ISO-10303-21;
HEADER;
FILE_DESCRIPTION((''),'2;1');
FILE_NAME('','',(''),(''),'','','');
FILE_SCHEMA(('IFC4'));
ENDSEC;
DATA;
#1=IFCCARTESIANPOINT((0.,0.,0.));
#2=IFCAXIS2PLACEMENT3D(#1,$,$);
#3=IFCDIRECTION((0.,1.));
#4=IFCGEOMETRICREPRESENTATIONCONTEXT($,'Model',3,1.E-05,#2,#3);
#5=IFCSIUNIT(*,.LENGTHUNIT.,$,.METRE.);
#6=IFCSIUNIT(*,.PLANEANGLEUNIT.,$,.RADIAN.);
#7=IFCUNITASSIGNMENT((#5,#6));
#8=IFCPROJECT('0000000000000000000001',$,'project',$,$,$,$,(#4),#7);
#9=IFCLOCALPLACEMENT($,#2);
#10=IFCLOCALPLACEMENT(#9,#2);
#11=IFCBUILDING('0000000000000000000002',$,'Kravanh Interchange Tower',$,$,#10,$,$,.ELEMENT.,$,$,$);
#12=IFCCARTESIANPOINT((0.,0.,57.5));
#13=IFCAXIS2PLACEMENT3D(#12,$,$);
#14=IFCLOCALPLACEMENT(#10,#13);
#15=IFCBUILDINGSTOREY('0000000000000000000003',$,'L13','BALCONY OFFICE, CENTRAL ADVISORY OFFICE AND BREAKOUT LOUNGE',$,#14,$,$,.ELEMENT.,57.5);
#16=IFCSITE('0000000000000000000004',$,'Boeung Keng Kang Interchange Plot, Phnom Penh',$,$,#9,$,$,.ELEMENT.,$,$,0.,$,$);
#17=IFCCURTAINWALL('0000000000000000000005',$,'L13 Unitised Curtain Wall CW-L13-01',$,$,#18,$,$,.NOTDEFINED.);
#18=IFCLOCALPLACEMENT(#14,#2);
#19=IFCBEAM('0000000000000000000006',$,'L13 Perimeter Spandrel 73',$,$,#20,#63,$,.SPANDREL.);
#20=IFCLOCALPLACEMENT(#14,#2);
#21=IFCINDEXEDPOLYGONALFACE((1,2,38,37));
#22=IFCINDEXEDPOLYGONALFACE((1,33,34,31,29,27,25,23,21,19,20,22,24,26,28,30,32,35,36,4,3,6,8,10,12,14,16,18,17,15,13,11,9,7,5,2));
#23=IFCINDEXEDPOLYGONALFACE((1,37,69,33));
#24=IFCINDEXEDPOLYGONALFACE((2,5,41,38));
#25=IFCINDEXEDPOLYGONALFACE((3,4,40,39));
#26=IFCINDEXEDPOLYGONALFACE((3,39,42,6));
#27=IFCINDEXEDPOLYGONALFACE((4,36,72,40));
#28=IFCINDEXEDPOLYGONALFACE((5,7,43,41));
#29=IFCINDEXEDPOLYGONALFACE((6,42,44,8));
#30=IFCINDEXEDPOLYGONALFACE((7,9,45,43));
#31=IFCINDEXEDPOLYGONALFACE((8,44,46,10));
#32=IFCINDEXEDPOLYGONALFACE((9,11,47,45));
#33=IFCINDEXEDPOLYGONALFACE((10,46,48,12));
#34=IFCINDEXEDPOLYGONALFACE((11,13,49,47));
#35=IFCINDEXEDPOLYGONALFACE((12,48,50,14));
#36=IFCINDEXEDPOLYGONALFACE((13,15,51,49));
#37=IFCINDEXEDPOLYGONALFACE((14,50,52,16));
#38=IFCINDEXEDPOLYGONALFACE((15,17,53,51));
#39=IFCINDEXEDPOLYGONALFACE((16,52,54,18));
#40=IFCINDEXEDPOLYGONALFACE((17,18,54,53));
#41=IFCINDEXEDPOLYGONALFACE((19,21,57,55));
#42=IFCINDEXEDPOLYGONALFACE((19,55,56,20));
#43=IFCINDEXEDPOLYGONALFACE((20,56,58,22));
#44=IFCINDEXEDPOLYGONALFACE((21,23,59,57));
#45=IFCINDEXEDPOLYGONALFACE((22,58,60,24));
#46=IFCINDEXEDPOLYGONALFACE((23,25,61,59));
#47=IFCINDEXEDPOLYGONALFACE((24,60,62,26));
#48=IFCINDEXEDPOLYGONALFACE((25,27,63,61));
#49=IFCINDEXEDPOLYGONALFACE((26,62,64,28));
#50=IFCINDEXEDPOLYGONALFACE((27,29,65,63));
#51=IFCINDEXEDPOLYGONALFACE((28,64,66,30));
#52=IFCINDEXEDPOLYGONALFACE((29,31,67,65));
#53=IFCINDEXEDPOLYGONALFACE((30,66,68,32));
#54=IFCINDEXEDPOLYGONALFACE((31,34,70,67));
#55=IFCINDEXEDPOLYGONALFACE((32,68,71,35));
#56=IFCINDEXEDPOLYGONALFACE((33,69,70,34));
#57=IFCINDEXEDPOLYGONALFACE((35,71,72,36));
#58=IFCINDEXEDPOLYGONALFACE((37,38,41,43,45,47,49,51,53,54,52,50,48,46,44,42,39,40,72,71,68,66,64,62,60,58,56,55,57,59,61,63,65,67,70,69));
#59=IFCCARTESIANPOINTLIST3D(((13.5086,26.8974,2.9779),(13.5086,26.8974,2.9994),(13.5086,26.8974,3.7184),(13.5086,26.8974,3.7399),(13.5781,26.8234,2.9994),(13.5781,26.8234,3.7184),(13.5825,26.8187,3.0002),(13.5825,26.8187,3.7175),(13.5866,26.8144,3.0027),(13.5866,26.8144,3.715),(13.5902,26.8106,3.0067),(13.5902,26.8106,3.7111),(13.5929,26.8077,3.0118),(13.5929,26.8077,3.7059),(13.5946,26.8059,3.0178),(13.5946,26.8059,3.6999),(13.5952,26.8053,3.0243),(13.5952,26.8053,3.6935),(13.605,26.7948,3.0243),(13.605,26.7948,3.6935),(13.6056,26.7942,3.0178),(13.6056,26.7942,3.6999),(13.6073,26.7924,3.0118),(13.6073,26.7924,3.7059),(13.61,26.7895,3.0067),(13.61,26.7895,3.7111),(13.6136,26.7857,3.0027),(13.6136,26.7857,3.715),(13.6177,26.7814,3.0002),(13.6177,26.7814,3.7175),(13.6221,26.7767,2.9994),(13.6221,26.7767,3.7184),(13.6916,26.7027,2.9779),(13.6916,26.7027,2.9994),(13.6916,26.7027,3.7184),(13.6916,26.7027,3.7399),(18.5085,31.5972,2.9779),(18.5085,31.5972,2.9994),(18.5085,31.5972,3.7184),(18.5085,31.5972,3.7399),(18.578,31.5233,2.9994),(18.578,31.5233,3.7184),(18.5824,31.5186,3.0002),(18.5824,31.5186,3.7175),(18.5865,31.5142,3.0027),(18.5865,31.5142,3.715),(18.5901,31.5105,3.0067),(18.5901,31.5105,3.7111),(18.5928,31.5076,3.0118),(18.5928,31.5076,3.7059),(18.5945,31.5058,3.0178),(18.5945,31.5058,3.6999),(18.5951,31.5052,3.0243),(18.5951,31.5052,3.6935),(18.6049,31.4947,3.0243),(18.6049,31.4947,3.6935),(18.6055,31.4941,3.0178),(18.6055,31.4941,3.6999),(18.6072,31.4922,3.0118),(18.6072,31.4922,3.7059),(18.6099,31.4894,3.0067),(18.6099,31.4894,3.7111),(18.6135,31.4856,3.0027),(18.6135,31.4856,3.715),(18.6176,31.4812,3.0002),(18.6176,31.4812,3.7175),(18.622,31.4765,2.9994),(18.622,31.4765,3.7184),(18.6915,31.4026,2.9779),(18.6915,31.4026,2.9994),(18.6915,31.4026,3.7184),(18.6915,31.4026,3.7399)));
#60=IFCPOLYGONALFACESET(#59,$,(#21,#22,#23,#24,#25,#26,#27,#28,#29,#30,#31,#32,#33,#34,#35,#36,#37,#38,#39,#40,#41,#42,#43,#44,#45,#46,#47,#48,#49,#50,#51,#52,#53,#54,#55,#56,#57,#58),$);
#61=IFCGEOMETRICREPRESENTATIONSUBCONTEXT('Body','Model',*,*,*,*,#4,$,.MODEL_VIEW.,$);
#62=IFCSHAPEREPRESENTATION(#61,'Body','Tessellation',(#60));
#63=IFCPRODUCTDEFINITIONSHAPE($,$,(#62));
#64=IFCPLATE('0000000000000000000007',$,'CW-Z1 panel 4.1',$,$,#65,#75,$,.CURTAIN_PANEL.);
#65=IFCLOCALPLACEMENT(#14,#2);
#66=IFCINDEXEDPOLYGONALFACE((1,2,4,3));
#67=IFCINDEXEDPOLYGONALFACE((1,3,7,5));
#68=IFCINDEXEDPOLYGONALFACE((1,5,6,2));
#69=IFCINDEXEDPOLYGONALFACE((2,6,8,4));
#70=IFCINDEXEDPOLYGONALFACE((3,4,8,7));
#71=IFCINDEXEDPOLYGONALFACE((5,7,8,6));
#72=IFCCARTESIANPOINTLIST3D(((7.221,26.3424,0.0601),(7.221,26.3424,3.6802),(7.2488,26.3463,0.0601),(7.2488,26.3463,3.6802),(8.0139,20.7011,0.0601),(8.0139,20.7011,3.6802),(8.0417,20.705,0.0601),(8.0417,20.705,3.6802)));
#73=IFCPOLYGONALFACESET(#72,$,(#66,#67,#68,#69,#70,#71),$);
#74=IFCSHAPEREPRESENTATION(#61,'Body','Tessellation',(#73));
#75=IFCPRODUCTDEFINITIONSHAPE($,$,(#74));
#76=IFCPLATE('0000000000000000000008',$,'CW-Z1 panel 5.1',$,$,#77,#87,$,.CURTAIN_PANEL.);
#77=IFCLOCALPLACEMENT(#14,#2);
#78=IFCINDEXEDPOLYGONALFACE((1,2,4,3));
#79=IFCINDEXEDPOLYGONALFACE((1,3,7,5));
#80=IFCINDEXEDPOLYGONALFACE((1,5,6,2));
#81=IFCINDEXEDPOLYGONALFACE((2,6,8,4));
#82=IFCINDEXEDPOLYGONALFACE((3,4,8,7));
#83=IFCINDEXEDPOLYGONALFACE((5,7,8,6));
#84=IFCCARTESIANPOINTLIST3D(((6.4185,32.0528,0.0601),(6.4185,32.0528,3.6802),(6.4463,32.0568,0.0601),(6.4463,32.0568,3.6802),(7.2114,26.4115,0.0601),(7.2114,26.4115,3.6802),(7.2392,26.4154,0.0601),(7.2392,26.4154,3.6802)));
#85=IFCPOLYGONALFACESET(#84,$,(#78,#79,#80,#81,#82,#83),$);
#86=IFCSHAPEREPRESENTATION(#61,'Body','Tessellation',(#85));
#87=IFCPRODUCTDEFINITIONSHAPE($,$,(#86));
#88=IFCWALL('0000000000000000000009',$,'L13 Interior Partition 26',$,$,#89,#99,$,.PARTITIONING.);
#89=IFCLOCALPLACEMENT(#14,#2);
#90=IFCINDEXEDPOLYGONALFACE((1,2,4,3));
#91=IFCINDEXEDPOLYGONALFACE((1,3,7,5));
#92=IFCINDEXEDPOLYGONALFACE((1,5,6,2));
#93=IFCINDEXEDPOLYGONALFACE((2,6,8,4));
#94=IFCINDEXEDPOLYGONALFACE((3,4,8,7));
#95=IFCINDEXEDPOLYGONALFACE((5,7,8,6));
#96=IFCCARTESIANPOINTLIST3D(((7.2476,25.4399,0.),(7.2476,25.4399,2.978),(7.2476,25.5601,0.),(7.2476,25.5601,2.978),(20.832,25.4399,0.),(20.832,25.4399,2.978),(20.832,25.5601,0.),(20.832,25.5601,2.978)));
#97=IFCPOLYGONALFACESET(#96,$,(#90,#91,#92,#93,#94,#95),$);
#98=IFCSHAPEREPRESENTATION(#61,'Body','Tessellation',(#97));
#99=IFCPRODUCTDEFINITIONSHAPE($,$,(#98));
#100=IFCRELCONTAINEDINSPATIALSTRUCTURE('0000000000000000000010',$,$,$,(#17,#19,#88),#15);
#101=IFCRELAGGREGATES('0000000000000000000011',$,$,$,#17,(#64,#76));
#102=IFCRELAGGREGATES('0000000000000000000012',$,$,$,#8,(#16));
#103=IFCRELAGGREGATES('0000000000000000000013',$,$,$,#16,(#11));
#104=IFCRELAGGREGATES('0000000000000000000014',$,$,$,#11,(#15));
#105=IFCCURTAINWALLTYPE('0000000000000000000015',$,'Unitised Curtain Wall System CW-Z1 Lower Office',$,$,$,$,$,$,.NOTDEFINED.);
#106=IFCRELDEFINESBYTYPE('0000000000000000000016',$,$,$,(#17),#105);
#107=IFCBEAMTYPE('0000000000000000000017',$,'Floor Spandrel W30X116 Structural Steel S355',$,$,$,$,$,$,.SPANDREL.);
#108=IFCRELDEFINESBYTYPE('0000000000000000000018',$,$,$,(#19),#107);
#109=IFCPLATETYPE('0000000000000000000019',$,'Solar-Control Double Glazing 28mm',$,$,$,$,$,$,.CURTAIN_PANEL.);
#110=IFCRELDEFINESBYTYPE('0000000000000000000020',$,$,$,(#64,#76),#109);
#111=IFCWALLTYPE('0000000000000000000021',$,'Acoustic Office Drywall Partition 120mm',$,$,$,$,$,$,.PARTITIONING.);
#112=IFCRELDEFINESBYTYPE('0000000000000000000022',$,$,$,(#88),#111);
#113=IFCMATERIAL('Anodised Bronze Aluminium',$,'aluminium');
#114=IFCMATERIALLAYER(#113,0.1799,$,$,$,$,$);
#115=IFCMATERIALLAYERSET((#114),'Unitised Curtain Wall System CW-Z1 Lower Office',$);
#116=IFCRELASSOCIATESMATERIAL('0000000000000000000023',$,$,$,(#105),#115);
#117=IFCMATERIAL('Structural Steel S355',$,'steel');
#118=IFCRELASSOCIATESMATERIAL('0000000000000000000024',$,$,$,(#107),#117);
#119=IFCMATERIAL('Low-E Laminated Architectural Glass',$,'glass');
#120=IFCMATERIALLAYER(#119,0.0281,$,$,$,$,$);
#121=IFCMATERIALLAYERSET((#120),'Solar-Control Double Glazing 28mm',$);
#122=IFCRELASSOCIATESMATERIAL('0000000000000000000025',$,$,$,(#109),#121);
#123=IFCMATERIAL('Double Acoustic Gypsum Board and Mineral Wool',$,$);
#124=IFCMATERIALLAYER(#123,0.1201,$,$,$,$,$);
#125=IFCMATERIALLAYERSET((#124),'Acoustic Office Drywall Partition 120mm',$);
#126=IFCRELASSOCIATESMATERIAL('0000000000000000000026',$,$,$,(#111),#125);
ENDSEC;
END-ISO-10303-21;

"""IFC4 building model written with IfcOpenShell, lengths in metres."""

from ifc_helpers import new_model, si_unit, direction, frame, frame_2d, origin, origin_2d, place, context, subcontext, project, spatial, rectangle, i_section, extrude, material, layer, layer_set, material_profile, profile_set, type_object, element, aggregate, save


model = new_model("IFC4")

# Units and contexts
model_context = context("Model", 3, precision=1e-05, world=origin(), true_north=direction((0.0, 1.0)))
body_context = subcontext(model_context, "Body", "Model", "MODEL_VIEW")
ifc_project = project(units=[si_unit("LENGTHUNIT", "METRE"), si_unit("PLANEANGLEUNIT", "RADIAN")], contexts=[model_context])

# Site, building, storey
site_placement = place(None, origin())
site = spatial("IfcSite", under=ifc_project, at=site_placement, Name="Boeung Keng Kang Interchange Plot, Phnom Penh", CompositionType="ELEMENT", RefElevation=0.0)
building_placement = place(site_placement, origin())
building = spatial("IfcBuilding", under=site, at=building_placement, Name="Kravanh Interchange Tower", CompositionType="ELEMENT")
storey_placement = place(building_placement, frame((0.0, 0.0, 57.5)))
storey = spatial("IfcBuildingStorey", under=building, at=storey_placement, Name="L13", Description="BALCONY OFFICE, CENTRAL ADVISORY OFFICE AND BREAKOUT LOUNGE", CompositionType="ELEMENT", Elevation=57.5)

# Curtain wall
ifc_material_1 = material(Name="Anodised Bronze Aluminium", Category="aluminium")
ifc_layer_1 = layer(ifc_material_1, 0.1799)
ifc_layer_set_1 = layer_set([ifc_layer_1], Name="Unitised Curtain Wall System CW-Z1 Lower Office")
curtain_wall_type = type_object("IfcCurtainWallType", Name="Unitised Curtain Wall System CW-Z1 Lower Office", PredefinedType="NOTDEFINED", material=ifc_layer_set_1)
curtain_wall_placement = place(storey_placement, origin())
curtain_wall = element("IfcCurtainWall", 1, at=curtain_wall_placement, inside=storey, type_object=curtain_wall_type, Name="L13 Unitised Curtain Wall CW-L13-01", PredefinedType="NOTDEFINED")

# Beam
ifc_material_2 = material(Name="Structural Steel S355", Category="steel")
ifc_material_profile_1 = material_profile(ifc_material_2, i_section(OverallWidth=0.2671, OverallDepth=0.762, WebThickness=0.0144, FlangeThickness=0.0215, FilletRadius=0.0249, at=origin_2d()), Name="W30X116")
ifc_profile_set_1 = profile_set([ifc_material_profile_1], Name="Structural Steel S355")
beam_type_1 = type_object("IfcBeamType", Name="Floor Spandrel W30X116 Structural Steel S355", PredefinedType="SPANDREL", material=ifc_profile_set_1)
for number, where, z_axis, x_axis, name in (
    (2, (13.6001, 26.8, 3.3589), (0.728631, 0.684906, 0.0), (-0.684906, 0.728631, 0.0), "L13 Perimeter Spandrel 73"),
):
    element("IfcBeam", number, at=place(storey_placement, frame(where, z_axis=z_axis, x_axis=x_axis)), inside=storey, type_object=beam_type_1, Name=name, PredefinedType="SPANDREL", context=body_context, shape_type="SweptSolid", body=[
        extrude(i_section(OverallWidth=0.2671, OverallDepth=0.762, WebThickness=0.0144, FlangeThickness=0.0215, FilletRadius=0.0249, at=origin_2d()), origin(), (0.0, 0.0, 1.0), 6.8621),
    ])

# Plates
ifc_material_3 = material(Name="Low-E Laminated Architectural Glass", Category="glass")
ifc_layer_2 = layer(ifc_material_3, 0.0281)
ifc_layer_set_2 = layer_set([ifc_layer_2], Name="Solar-Control Double Glazing 28mm")
plate_type = type_object("IfcPlateType", Name="Solar-Control Double Glazing 28mm", PredefinedType="CURTAIN_PANEL", material=ifc_layer_set_2)
plate_1_placement = place(storey_placement, frame((7.6313, 23.5237, 0.0601), z_axis=(0.0, 0.0, 1.0), x_axis=(-0.139177, 0.990268, 0.0)))
plate_1 = element("IfcPlate", 3, at=plate_1_placement, type_object=plate_type, Name="CW-Z1 panel 4.1", PredefinedType="CURTAIN_PANEL", context=body_context, shape_type="SweptSolid", body=[
    extrude(rectangle(XDim=5.6968, YDim=0.0281, at=origin_2d()), origin(), (0.0, 0.0, 1.0), 3.6201),
])
plate_2_placement = place(storey_placement, frame((6.8289, 29.2341, 0.0601), z_axis=(0.0, 0.0, 1.0), x_axis=(-0.139177, 0.990268, 0.0)))
plate_2 = element("IfcPlate", 4, at=plate_2_placement, type_object=plate_type, Name="CW-Z1 panel 5.1", PredefinedType="CURTAIN_PANEL", context=body_context, shape_type="SweptSolid", body=[
    extrude(rectangle(XDim=5.6968, YDim=0.0281, at=origin_2d()), origin(), (0.0, 0.0, 1.0), 3.6201),
])
aggregate(curtain_wall, [plate_1, plate_2])

# Wall
ifc_material_4 = material(Name="Double Acoustic Gypsum Board and Mineral Wool")
ifc_layer_3 = layer(ifc_material_4, 0.1201)
ifc_layer_set_3 = layer_set([ifc_layer_3], Name="Acoustic Office Drywall Partition 120mm")
wall_type = type_object("IfcWallType", Name="Acoustic Office Drywall Partition 120mm", PredefinedType="PARTITIONING", material=ifc_layer_set_3)
wall_placement = place(storey_placement, frame((7.2476, 25.5, 0.0), z_axis=(0.0, 0.0, 1.0), x_axis=(1.0, 0.0, 0.0)))
element("IfcWall", 5, at=wall_placement, inside=storey, type_object=wall_type, Name="L13 Interior Partition 26", PredefinedType="PARTITIONING", context=body_context, shape_type="SweptSolid", body=[
    extrude(rectangle(XDim=13.5845, YDim=0.1201, at=frame_2d((6.7922, 0.0))), origin(), (0.0, 0.0, 1.0), 2.978),
])

save(model, "model.ifc")
